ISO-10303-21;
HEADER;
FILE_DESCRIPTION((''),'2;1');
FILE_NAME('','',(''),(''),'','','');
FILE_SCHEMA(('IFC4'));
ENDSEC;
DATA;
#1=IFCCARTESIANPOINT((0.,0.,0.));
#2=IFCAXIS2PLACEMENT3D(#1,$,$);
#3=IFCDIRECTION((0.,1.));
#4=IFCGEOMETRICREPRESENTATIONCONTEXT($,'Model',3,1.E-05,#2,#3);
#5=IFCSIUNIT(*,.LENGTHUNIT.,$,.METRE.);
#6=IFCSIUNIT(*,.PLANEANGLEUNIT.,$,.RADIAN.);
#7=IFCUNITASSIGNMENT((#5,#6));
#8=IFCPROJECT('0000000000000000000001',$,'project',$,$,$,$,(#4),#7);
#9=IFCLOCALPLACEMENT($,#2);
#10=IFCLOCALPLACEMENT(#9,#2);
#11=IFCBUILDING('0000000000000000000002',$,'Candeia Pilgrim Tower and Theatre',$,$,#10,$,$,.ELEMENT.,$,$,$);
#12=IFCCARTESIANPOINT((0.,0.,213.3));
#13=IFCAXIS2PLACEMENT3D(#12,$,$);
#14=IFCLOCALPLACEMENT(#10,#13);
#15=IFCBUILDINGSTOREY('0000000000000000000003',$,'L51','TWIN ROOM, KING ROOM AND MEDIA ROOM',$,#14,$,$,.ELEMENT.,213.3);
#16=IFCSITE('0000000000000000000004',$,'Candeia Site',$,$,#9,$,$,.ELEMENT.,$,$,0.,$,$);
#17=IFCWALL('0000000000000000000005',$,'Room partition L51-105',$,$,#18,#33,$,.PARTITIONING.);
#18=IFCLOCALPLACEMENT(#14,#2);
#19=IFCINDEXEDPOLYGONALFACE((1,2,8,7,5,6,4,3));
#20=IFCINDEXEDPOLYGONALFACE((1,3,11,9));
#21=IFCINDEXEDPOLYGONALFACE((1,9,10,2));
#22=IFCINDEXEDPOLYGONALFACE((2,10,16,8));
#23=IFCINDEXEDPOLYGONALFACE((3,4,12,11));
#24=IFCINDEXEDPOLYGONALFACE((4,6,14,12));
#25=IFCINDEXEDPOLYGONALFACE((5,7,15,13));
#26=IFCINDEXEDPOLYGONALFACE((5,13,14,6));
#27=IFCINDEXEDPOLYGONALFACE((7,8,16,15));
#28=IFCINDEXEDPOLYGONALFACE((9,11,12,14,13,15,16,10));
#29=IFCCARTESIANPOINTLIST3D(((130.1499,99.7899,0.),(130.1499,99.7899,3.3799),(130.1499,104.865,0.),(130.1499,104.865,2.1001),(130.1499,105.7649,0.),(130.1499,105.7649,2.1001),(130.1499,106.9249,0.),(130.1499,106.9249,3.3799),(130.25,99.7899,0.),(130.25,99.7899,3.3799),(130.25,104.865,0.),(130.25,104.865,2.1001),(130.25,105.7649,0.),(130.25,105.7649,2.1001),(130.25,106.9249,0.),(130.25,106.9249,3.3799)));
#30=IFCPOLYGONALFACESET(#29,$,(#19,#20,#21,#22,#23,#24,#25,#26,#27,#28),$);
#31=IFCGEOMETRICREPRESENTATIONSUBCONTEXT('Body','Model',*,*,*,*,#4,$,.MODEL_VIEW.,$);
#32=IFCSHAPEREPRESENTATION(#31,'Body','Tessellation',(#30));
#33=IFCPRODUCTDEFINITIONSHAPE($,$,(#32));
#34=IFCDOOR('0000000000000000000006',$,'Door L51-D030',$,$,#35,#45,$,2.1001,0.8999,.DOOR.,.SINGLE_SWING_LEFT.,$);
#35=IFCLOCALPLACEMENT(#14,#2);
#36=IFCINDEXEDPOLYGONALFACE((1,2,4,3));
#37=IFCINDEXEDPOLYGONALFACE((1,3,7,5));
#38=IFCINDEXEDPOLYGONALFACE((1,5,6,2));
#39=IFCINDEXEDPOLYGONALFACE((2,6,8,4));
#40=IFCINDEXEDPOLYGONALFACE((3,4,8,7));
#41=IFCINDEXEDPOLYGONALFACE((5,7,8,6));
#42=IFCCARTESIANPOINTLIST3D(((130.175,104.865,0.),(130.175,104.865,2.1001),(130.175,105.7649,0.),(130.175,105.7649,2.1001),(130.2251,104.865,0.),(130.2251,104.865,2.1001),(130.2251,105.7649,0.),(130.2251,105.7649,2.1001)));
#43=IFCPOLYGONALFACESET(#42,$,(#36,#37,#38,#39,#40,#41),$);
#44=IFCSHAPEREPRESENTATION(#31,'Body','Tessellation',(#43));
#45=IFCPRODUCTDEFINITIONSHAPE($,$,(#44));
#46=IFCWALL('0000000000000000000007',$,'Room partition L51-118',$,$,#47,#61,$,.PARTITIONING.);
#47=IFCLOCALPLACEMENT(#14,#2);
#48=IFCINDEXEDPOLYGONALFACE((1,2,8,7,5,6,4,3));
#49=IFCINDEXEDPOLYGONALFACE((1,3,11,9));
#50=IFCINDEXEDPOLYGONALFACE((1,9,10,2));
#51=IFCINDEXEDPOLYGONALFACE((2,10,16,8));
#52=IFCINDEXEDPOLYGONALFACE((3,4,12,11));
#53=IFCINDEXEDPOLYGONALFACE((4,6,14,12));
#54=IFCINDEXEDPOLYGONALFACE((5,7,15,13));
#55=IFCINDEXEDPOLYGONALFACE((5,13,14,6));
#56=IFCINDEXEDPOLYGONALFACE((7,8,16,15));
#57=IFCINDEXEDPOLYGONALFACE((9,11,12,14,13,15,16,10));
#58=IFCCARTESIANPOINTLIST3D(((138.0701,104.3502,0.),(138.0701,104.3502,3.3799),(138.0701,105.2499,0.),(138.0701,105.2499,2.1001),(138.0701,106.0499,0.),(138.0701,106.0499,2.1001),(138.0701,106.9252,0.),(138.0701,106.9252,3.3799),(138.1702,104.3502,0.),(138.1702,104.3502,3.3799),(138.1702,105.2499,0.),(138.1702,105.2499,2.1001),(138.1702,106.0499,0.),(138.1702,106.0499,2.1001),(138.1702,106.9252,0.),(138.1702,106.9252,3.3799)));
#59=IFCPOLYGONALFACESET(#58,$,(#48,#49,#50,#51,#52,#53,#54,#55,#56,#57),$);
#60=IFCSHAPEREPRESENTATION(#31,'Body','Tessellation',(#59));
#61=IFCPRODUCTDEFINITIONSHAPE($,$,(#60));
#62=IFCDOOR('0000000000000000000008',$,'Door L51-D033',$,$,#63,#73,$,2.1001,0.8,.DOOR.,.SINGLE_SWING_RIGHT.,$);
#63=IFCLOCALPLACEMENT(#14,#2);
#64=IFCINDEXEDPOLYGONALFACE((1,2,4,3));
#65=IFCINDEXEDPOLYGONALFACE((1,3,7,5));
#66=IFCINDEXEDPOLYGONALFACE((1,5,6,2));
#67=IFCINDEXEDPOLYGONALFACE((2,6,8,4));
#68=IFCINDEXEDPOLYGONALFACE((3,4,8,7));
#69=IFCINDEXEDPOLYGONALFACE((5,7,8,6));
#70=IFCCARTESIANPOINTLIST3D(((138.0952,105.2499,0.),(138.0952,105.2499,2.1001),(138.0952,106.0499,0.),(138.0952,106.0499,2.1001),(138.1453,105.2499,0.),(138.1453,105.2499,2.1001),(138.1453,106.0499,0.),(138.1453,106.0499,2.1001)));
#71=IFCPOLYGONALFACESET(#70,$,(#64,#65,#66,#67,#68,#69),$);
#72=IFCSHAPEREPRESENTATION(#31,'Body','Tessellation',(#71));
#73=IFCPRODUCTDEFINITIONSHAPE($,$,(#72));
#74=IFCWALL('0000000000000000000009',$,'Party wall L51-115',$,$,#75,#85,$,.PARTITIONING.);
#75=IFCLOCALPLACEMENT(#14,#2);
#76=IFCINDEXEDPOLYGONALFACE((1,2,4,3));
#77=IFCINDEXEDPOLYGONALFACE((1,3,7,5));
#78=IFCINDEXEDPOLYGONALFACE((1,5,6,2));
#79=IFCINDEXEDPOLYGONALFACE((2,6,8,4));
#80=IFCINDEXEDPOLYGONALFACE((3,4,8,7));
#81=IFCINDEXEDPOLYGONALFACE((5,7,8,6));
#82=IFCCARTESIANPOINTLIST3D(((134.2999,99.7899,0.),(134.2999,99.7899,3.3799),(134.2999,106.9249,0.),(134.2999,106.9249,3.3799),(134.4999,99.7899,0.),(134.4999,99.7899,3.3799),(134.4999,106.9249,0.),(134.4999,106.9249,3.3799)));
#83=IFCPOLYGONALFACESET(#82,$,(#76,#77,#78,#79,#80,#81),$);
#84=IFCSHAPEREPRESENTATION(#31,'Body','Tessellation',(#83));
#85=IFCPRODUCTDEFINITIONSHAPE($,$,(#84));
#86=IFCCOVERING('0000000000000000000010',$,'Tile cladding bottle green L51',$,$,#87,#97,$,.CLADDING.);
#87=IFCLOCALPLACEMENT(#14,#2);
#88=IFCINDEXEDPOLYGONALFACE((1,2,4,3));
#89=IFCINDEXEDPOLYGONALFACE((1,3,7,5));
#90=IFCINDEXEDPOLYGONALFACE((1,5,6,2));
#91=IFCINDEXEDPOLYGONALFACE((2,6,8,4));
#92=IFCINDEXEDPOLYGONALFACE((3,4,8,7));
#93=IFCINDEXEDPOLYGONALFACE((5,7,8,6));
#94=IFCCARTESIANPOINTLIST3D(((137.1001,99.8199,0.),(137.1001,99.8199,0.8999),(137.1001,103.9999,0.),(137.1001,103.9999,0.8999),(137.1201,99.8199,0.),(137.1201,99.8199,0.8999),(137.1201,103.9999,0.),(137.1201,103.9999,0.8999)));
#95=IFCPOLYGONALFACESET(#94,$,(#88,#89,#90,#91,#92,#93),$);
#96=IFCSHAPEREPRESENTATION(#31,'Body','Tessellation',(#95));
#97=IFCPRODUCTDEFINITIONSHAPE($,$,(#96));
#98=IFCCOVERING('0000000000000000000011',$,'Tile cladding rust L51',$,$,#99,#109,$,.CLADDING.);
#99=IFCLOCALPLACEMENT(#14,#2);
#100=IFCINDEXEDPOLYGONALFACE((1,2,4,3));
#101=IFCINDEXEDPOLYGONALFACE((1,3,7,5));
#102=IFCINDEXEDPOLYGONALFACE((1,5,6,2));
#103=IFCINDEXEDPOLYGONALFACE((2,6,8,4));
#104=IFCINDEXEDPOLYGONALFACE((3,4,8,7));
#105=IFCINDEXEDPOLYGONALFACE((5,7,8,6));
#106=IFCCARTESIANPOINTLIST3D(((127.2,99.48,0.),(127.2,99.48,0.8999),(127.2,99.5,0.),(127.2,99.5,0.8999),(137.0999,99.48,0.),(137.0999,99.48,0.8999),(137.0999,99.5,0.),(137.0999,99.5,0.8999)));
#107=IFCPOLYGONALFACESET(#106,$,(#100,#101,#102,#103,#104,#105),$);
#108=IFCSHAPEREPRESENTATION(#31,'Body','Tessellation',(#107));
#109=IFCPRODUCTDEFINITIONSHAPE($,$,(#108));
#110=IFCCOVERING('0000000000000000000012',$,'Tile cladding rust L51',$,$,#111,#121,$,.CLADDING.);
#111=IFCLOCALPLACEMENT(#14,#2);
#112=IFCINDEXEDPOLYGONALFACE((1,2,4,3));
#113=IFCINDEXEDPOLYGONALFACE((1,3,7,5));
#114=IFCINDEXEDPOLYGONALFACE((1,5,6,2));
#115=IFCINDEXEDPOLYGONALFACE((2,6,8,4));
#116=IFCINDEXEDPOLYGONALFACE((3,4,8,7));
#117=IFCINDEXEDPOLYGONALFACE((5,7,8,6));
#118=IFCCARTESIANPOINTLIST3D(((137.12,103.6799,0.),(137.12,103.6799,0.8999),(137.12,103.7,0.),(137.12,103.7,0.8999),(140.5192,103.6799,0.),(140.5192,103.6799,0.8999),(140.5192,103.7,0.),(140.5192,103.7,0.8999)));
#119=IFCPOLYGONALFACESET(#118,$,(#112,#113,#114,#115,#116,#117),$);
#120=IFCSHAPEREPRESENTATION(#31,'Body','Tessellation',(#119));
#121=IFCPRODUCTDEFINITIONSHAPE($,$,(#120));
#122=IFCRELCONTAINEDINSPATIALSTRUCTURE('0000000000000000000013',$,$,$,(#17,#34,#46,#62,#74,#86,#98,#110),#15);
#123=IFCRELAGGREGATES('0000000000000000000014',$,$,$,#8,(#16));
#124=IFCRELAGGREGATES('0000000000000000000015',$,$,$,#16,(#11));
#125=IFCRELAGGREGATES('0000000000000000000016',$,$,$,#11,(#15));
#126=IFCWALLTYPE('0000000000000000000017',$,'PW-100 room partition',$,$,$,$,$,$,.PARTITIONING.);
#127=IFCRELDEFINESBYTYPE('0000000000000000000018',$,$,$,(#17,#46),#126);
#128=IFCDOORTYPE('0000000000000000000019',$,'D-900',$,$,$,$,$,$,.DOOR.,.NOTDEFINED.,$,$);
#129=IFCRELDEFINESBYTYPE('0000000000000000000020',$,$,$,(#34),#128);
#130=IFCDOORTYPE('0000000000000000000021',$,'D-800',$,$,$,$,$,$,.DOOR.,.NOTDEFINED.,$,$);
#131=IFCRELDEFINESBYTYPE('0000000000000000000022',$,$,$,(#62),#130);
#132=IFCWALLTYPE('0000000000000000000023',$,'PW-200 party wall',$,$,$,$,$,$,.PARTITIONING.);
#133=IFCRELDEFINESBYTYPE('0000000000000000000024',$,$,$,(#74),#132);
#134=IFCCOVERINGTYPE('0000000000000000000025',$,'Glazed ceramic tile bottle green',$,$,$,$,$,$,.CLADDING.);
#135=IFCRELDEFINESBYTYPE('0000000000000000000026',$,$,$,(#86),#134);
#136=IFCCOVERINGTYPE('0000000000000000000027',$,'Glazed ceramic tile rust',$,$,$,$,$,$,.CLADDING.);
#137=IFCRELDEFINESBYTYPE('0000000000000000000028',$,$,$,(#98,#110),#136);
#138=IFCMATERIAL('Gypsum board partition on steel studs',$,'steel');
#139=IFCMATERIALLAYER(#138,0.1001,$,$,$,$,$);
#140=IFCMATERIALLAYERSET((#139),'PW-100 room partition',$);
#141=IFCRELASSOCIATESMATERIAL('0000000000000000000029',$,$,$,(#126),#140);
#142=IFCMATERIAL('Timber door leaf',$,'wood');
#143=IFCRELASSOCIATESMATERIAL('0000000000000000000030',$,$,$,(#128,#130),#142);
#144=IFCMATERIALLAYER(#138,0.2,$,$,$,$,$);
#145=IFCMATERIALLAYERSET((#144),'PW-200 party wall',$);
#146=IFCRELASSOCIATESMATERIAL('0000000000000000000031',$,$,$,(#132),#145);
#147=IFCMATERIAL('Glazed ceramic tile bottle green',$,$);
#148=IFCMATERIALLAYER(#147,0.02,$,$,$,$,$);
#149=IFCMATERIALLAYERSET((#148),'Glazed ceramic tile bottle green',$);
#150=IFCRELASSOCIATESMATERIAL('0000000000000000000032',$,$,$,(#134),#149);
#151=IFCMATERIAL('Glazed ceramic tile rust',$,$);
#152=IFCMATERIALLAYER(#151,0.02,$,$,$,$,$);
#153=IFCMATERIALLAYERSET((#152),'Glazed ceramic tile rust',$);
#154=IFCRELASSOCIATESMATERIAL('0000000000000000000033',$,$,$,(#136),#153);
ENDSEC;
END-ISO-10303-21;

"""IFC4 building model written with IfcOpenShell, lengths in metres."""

from ifc_helpers import new_model, si_unit, direction, frame, frame_2d, origin, origin_2d, place, context, subcontext, project, spatial, rectangle, extrude, material, layer, layer_set, type_object, element, fill, save


model = new_model("IFC4")

# Units and contexts
model_context = context("Model", 3, precision=1e-05, world=origin(), true_north=direction((0.0, 1.0)))
body_context = subcontext(model_context, "Body", "Model", "MODEL_VIEW")
ifc_project = project(units=[si_unit("LENGTHUNIT", "METRE"), si_unit("PLANEANGLEUNIT", "RADIAN")], contexts=[model_context])

# Site, building, storey
site_placement = place(None, origin())
site = spatial("IfcSite", under=ifc_project, at=site_placement, Name="Candeia Site", CompositionType="ELEMENT", RefElevation=0.0)
building_placement = place(site_placement, origin())
building = spatial("IfcBuilding", under=site, at=building_placement, Name="Candeia Pilgrim Tower and Theatre", CompositionType="ELEMENT")
storey_placement = place(building_placement, frame((0.0, 0.0, 213.3)))
storey = spatial("IfcBuildingStorey", under=building, at=storey_placement, Name="L51", Description="TWIN ROOM, KING ROOM AND MEDIA ROOM", CompositionType="ELEMENT", Elevation=213.3)

# Shared definitions
ifc_material_1 = material(Name="Gypsum board partition on steel studs", Category="steel")
ifc_layer_1 = layer(ifc_material_1, 0.1001)
ifc_layer_set_1 = layer_set([ifc_layer_1], Name="PW-100 room partition")
wall_type_1 = type_object("IfcWallType", Name="PW-100 room partition", PredefinedType="PARTITIONING", material=ifc_layer_set_1)

# Walls, openings, doors
wall_1_placement = place(storey_placement, frame((130.2, 99.79, 0.0), z_axis=(0.0, 0.0, 1.0), x_axis=(0.0, 1.0, 0.0)))
wall_1 = element("IfcWall", 1, at=wall_1_placement, inside=storey, type_object=wall_type_1, Name="Room partition L51-105", PredefinedType="PARTITIONING", context=body_context, shape_type="SweptSolid", body=[
    extrude(rectangle(XDim=7.135, YDim=0.1001, at=frame_2d((3.5674, 0.0))), origin(), (0.0, 0.0, 1.0), 3.3799),
])
opening_1_placement = place(wall_1_placement, frame((5.075, 0.0, 0.0)))
opening_1 = element("IfcOpeningElement", 2, at=opening_1_placement, cuts=wall_1, PredefinedType="OPENING", context=body_context, shape_type="SweptSolid", body=[
    extrude(rectangle(XDim=0.8999, YDim=2.1001, at=frame_2d((0.45, 1.05))), frame((0.0, 0.0601, 0.0), z_axis=(0.0, -1.0, 0.0), x_axis=(1.0, 0.0, 0.0)), (0.0, 0.0, 1.0), 0.1201),
])
ifc_material_2 = material(Name="Timber door leaf", Category="wood")
door_type_1 = type_object("IfcDoorType", Name="D-900", OperationType="NOTDEFINED", PredefinedType="DOOR", material=ifc_material_2)
door_1_placement = place(opening_1_placement, origin())
door_1 = element("IfcDoor", 3, at=door_1_placement, inside=storey, type_object=door_type_1, Name="Door L51-D030", OperationType="SINGLE_SWING_LEFT", OverallHeight=2.1001, OverallWidth=0.8999, PredefinedType="DOOR", context=body_context, shape_type="SweptSolid", body=[
    extrude(rectangle(XDim=0.8999, YDim=2.1001, at=frame_2d((0.45, 1.05))), frame((0.0, 0.0249, 0.0), z_axis=(0.0, -1.0, 0.0), x_axis=(1.0, 0.0, 0.0)), (0.0, 0.0, 1.0), 0.05),
])
fill(opening_1, door_1)
wall_2_placement = place(storey_placement, frame((138.1201, 104.3501, 0.0), z_axis=(0.0, 0.0, 1.0), x_axis=(0.0, 1.0, 0.0)))
wall_2 = element("IfcWall", 4, at=wall_2_placement, inside=storey, type_object=wall_type_1, Name="Room partition L51-118", PredefinedType="PARTITIONING", context=body_context, shape_type="SweptSolid", body=[
    extrude(rectangle(XDim=2.575, YDim=0.1001, at=frame_2d((1.2876, 0.0))), origin(), (0.0, 0.0, 1.0), 3.3799),
])
opening_2_placement = place(wall_2_placement, frame((0.8999, 0.0, 0.0)))
opening_2 = element("IfcOpeningElement", 5, at=opening_2_placement, cuts=wall_2, PredefinedType="OPENING", context=body_context, shape_type="SweptSolid", body=[
    extrude(rectangle(XDim=0.8, YDim=2.1001, at=frame_2d((0.3999, 1.05))), frame((0.0, 0.0601, 0.0), z_axis=(0.0, -1.0, 0.0), x_axis=(1.0, 0.0, 0.0)), (0.0, 0.0, 1.0), 0.1201),
])
door_type_2 = type_object("IfcDoorType", Name="D-800", OperationType="NOTDEFINED", PredefinedType="DOOR", material=ifc_material_2)
door_2_placement = place(opening_2_placement, origin())
door_2 = element("IfcDoor", 6, at=door_2_placement, inside=storey, type_object=door_type_2, Name="Door L51-D033", OperationType="SINGLE_SWING_RIGHT", OverallHeight=2.1001, OverallWidth=0.8, PredefinedType="DOOR", context=body_context, shape_type="SweptSolid", body=[
    extrude(rectangle(XDim=0.8, YDim=2.1001, at=frame_2d((0.3999, 1.05))), frame((0.0, 0.0249, 0.0), z_axis=(0.0, -1.0, 0.0), x_axis=(1.0, 0.0, 0.0)), (0.0, 0.0, 1.0), 0.05),
])
fill(opening_2, door_2)

# Wall
ifc_layer_2 = layer(ifc_material_1, 0.2)
ifc_layer_set_2 = layer_set([ifc_layer_2], Name="PW-200 party wall")
wall_type_2 = type_object("IfcWallType", Name="PW-200 party wall", PredefinedType="PARTITIONING", material=ifc_layer_set_2)
wall_3_placement = place(storey_placement, frame((134.3999, 99.79, 0.0), z_axis=(0.0, 0.0, 1.0), x_axis=(0.0, 1.0, 0.0)))
element("IfcWall", 7, at=wall_3_placement, inside=storey, type_object=wall_type_2, Name="Party wall L51-115", PredefinedType="PARTITIONING", context=body_context, shape_type="SweptSolid", body=[
    extrude(rectangle(XDim=7.135, YDim=0.2, at=frame_2d((3.5674, 0.0))), origin(), (0.0, 0.0, 1.0), 3.3799),
])

# Coverings
ifc_material_3 = material(Name="Glazed ceramic tile bottle green")
ifc_layer_3 = layer(ifc_material_3, 0.02)
ifc_layer_set_3 = layer_set([ifc_layer_3], Name="Glazed ceramic tile bottle green")
covering_type_1 = type_object("IfcCoveringType", Name="Glazed ceramic tile bottle green", PredefinedType="CLADDING", material=ifc_layer_set_3)
covering_1_placement = place(storey_placement, frame((137.1101, 101.9099, 0.0), z_axis=(0.0, 0.0, 1.0), x_axis=(0.0, 1.0, 0.0)))
element("IfcCovering", 8, at=covering_1_placement, inside=storey, type_object=covering_type_1, Name="Tile cladding bottle green L51", PredefinedType="CLADDING", context=body_context, shape_type="SweptSolid", body=[
    extrude(rectangle(XDim=4.1799, YDim=0.02, at=origin_2d()), origin(), (0.0, 0.0, 1.0), 0.8999),
])
ifc_material_4 = material(Name="Glazed ceramic tile rust")
ifc_layer_4 = layer(ifc_material_4, 0.02)
ifc_layer_set_4 = layer_set([ifc_layer_4], Name="Glazed ceramic tile rust")
covering_type_2 = type_object("IfcCoveringType", Name="Glazed ceramic tile rust", PredefinedType="CLADDING", material=ifc_layer_set_4)
covering_2_placement = place(storey_placement, frame((132.1499, 99.49, 0.0), z_axis=(0.0, 0.0, 1.0), x_axis=(1.0, 0.0, 0.0)))
element("IfcCovering", 9, at=covering_2_placement, inside=storey, type_object=covering_type_2, Name="Tile cladding rust L51", PredefinedType="CLADDING", context=body_context, shape_type="SweptSolid", body=[
    extrude(rectangle(XDim=9.8999, YDim=0.02, at=origin_2d()), origin(), (0.0, 0.0, 1.0), 0.8999),
])
covering_3_placement = place(storey_placement, frame((138.8196, 103.6899, 0.0), z_axis=(0.0, 0.0, 1.0), x_axis=(1.0, 0.0, 0.0)))
element("IfcCovering", 10, at=covering_3_placement, inside=storey, type_object=covering_type_2, Name="Tile cladding rust L51", PredefinedType="CLADDING", context=body_context, shape_type="SweptSolid", body=[
    extrude(rectangle(XDim=3.3992, YDim=0.02, at=origin_2d()), origin(), (0.0, 0.0, 1.0), 0.8999),
])

save(model, "model.ifc")
